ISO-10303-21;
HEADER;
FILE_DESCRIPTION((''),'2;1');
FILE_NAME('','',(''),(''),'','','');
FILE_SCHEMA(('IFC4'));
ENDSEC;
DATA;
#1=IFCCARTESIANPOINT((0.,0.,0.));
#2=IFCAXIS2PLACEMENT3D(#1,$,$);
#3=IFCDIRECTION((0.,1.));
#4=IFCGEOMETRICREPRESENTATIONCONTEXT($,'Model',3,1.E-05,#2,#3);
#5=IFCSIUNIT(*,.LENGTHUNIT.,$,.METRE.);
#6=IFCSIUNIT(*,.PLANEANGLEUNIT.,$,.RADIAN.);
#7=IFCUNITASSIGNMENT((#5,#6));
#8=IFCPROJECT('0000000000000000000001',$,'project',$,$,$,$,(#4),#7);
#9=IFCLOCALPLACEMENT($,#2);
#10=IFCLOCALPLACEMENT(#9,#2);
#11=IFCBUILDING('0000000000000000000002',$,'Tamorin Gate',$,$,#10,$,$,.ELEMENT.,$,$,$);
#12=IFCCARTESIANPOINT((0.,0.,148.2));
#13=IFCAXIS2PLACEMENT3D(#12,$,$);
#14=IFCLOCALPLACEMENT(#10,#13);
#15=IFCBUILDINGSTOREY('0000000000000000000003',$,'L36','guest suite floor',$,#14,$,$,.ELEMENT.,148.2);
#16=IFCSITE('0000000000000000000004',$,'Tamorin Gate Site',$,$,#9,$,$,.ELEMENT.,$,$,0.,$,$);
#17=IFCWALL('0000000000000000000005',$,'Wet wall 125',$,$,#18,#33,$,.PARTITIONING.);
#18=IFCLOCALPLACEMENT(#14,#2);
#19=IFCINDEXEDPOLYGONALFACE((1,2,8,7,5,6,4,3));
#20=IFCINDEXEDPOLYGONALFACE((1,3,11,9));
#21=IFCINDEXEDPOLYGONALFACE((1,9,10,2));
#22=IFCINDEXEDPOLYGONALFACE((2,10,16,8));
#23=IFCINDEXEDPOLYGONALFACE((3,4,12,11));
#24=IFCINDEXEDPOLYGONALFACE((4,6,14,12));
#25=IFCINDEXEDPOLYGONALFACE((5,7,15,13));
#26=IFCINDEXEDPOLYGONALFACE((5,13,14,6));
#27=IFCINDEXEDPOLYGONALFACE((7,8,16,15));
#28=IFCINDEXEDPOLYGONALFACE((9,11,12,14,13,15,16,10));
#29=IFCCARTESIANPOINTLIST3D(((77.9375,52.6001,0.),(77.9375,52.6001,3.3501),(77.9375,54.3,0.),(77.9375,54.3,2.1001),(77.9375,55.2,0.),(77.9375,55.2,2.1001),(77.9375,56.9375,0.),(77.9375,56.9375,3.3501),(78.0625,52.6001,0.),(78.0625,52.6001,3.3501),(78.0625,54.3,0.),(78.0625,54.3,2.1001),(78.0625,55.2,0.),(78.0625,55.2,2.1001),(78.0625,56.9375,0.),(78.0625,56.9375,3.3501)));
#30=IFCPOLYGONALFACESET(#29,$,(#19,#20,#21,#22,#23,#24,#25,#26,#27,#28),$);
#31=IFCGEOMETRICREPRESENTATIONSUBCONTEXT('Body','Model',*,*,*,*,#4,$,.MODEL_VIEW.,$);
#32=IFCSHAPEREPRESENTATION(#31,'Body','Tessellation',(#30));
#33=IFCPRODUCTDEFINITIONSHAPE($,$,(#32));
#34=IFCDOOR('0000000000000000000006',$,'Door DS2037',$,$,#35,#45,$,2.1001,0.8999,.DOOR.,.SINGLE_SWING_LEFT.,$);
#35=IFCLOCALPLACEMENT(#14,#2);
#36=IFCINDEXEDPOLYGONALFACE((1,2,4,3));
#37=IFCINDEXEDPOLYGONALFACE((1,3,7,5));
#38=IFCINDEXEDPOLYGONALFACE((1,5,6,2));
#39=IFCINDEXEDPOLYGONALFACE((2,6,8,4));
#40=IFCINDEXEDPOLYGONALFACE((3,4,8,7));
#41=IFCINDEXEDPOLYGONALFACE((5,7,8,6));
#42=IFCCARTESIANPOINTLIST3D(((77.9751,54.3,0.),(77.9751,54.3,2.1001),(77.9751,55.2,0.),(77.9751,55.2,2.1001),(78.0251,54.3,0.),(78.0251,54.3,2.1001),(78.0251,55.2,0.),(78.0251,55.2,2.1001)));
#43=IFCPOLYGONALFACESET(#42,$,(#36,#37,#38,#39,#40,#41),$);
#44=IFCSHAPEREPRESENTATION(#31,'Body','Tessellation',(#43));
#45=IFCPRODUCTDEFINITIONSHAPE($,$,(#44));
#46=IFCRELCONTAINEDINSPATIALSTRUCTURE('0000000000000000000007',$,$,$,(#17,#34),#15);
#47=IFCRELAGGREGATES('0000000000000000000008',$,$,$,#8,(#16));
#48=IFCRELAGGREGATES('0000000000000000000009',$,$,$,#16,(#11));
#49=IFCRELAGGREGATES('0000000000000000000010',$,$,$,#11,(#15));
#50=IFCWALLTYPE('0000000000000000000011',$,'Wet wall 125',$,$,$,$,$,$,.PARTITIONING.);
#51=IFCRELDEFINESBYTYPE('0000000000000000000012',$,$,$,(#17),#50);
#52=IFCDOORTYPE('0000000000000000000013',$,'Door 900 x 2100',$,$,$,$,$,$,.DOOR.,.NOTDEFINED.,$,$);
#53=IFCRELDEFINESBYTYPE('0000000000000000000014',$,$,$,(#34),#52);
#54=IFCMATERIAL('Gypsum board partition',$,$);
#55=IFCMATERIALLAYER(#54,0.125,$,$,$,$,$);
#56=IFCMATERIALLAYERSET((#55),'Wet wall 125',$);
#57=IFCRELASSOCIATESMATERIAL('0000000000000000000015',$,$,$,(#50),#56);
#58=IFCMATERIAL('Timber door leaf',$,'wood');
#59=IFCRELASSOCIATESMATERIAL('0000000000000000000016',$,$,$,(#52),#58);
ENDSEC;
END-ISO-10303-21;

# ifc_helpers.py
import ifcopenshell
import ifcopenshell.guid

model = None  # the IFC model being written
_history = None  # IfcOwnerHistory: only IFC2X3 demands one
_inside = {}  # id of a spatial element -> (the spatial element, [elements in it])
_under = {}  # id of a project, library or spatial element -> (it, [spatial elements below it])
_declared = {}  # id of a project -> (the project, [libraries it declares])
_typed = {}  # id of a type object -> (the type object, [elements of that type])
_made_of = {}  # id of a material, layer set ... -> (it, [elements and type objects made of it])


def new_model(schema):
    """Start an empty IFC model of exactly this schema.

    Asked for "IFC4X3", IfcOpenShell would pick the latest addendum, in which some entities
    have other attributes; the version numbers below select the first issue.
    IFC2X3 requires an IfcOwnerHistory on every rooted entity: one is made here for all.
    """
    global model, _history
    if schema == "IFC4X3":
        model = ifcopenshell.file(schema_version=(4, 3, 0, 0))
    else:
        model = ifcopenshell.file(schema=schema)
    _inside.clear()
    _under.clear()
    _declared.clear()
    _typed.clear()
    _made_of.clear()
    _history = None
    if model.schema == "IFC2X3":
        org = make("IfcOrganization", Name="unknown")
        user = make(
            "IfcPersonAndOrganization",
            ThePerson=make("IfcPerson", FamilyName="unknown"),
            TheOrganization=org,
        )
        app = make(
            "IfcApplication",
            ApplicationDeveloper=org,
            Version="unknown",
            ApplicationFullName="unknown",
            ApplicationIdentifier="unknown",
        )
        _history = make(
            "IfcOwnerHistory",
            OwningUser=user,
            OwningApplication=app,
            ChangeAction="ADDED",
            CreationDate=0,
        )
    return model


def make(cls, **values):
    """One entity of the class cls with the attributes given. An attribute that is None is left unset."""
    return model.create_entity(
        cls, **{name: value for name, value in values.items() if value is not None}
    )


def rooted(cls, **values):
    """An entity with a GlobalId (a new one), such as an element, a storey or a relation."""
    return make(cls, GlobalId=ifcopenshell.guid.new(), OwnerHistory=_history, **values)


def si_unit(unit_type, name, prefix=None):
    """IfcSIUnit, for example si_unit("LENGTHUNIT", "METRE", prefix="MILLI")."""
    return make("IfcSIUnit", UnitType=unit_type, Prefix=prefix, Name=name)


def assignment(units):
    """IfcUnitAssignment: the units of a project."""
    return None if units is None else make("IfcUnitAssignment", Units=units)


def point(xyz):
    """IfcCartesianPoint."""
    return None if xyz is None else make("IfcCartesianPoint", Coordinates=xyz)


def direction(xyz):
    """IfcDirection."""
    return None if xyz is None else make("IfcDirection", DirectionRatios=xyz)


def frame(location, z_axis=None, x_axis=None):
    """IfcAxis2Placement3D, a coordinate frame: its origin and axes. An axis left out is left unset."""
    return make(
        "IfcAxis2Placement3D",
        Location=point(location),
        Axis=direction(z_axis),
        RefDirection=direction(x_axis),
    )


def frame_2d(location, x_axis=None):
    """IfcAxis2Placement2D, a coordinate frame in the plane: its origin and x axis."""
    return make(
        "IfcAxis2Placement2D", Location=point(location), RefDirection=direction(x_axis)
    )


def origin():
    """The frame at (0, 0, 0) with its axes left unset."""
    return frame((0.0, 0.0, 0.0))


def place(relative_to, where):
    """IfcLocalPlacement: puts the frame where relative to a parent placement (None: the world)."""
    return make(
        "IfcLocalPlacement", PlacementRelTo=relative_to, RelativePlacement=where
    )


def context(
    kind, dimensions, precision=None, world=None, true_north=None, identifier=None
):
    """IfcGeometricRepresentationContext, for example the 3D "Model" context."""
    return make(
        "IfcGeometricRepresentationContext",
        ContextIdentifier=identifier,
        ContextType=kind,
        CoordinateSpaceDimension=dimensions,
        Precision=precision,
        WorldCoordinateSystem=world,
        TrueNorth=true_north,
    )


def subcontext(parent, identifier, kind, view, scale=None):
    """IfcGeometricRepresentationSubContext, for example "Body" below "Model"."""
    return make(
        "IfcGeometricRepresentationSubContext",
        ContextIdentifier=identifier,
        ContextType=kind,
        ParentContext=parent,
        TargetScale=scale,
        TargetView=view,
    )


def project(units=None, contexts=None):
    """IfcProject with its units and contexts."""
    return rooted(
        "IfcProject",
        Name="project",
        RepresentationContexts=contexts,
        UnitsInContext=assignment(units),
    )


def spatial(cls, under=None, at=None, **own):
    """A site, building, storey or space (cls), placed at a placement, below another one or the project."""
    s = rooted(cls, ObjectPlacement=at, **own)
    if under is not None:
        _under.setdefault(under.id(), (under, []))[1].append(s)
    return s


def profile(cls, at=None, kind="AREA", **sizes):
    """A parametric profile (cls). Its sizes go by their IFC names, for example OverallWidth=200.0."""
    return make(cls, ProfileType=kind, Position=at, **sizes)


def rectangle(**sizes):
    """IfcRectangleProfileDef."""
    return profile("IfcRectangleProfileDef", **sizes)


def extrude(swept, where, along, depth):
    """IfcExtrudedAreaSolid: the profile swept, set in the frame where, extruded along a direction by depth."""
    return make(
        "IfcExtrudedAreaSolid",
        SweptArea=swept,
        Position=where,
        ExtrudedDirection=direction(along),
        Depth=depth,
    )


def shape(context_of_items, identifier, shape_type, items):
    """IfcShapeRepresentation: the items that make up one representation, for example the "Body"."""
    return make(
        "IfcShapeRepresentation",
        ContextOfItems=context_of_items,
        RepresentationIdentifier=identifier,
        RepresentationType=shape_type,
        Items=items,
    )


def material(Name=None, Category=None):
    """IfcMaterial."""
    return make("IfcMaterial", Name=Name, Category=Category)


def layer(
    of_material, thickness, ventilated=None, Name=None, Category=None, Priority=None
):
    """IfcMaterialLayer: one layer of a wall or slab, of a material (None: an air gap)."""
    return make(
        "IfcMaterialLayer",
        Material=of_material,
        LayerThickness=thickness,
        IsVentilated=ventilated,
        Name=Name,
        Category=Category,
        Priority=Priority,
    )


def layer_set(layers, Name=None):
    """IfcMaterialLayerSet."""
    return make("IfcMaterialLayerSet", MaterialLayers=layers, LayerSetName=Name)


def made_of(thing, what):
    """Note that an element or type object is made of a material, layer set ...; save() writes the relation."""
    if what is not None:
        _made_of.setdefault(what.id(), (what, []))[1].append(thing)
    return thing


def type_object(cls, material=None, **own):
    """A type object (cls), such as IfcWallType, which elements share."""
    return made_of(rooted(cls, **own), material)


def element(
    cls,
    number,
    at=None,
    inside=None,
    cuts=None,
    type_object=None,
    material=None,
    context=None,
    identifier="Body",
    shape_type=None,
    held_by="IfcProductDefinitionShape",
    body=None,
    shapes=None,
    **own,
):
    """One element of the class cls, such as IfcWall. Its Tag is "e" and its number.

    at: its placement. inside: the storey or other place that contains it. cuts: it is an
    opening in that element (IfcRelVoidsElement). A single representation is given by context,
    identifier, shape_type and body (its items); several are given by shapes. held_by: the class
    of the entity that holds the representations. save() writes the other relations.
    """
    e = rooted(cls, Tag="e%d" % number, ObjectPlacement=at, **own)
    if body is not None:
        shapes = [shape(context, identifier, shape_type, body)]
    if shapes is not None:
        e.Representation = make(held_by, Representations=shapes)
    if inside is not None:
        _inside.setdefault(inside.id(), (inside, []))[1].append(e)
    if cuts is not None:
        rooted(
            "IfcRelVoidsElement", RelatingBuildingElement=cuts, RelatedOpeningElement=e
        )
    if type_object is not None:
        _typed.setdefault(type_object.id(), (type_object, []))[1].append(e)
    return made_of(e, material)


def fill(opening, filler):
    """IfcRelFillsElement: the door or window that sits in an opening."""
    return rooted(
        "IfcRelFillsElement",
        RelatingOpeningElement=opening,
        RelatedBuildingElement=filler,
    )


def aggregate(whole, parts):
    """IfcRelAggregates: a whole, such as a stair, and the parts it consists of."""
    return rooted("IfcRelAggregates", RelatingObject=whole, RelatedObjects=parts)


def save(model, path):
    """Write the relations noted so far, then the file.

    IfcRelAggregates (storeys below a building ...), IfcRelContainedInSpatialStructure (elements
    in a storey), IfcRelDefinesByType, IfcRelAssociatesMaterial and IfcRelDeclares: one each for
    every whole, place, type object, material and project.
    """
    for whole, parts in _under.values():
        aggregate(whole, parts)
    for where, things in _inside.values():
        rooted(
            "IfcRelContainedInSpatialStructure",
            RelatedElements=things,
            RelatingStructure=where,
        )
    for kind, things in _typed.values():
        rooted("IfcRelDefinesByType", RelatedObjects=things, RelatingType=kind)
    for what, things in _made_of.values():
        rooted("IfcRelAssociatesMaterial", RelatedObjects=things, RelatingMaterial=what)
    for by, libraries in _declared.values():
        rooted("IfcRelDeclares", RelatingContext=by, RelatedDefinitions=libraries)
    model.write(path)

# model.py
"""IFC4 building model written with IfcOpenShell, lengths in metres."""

from ifc_helpers import new_model, si_unit, direction, frame, frame_2d, origin, place, context, subcontext, project, spatial, rectangle, extrude, material, layer, layer_set, type_object, element, fill, save


model = new_model("IFC4")

# Units and contexts
model_context = context("Model", 3, precision=1e-05, world=origin(), true_north=direction((0.0, 1.0)))
body_context = subcontext(model_context, "Body", "Model", "MODEL_VIEW")
ifc_project = project(units=[si_unit("LENGTHUNIT", "METRE"), si_unit("PLANEANGLEUNIT", "RADIAN")], contexts=[model_context])

# Site, building, storey
site_placement = place(None, origin())
site = spatial("IfcSite", under=ifc_project, at=site_placement, Name="Tamorin Gate Site", CompositionType="ELEMENT", RefElevation=0.0)
building_placement = place(site_placement, origin())
building = spatial("IfcBuilding", under=site, at=building_placement, Name="Tamorin Gate", CompositionType="ELEMENT")
storey_placement = place(building_placement, frame((0.0, 0.0, 148.2)))
storey = spatial("IfcBuildingStorey", under=building, at=storey_placement, Name="L36", Description="guest suite floor", CompositionType="ELEMENT", Elevation=148.2)

# Shared definitions
ifc_material_1 = material(Name="Gypsum board partition")
ifc_material_2 = material(Name="Timber door leaf", Category="wood")

# Shared definitions
ifc_layer_1 = layer(ifc_material_1, 0.125)
ifc_layer_set_1 = layer_set([ifc_layer_1], Name="Wet wall 125")
wall_type_1 = type_object("IfcWallType", Name="Wet wall 125", PredefinedType="PARTITIONING", material=ifc_layer_set_1)

# Wall, opening, door
wall_1_placement = place(storey_placement, frame((78.0, 52.6001, 0.0), z_axis=(0.0, 0.0, 1.0), x_axis=(0.0, 1.0, 0.0)))
wall_1 = element("IfcWall", 1, at=wall_1_placement, inside=storey, type_object=wall_type_1, Name="Wet wall 125", PredefinedType="PARTITIONING", context=body_context, shape_type="SweptSolid", body=[
    extrude(rectangle(XDim=4.3374, YDim=0.125, at=frame_2d((2.1687, 0.0))), origin(), (0.0, 0.0, 1.0), 3.3501),
])
opening_1_placement = place(wall_1_placement, frame((1.7, 0.0, 0.0)))
opening_1 = element("IfcOpeningElement", 2, at=opening_1_placement, cuts=wall_1, PredefinedType="OPENING", context=body_context, shape_type="SweptSolid", body=[
    extrude(rectangle(XDim=0.8999, YDim=2.1001, at=frame_2d((0.45, 1.05))), frame((0.0, 0.0725, 0.0), z_axis=(0.0, -1.0, 0.0), x_axis=(1.0, 0.0, 0.0)), (0.0, 0.0, 1.0), 0.145),
])
door_type_1 = type_object("IfcDoorType", Name="Door 900 x 2100", OperationType="NOTDEFINED", PredefinedType="DOOR", material=ifc_material_2)
door_1_placement = place(opening_1_placement, origin())
door_1 = element("IfcDoor", 3, at=door_1_placement, inside=storey, type_object=door_type_1, Name="Door DS2037", OperationType="SINGLE_SWING_LEFT", OverallHeight=2.1001, OverallWidth=0.8999, PredefinedType="DOOR", context=body_context, shape_type="SweptSolid", body=[
    extrude(rectangle(XDim=0.8999, YDim=2.1001, at=frame_2d((0.45, 1.05))), frame((0.0, 0.0249, 0.0), z_axis=(0.0, -1.0, 0.0), x_axis=(1.0, 0.0, 0.0)), (0.0, 0.0, 1.0), 0.05),
])
fill(opening_1, door_1)

save(model, "model.ifc")
